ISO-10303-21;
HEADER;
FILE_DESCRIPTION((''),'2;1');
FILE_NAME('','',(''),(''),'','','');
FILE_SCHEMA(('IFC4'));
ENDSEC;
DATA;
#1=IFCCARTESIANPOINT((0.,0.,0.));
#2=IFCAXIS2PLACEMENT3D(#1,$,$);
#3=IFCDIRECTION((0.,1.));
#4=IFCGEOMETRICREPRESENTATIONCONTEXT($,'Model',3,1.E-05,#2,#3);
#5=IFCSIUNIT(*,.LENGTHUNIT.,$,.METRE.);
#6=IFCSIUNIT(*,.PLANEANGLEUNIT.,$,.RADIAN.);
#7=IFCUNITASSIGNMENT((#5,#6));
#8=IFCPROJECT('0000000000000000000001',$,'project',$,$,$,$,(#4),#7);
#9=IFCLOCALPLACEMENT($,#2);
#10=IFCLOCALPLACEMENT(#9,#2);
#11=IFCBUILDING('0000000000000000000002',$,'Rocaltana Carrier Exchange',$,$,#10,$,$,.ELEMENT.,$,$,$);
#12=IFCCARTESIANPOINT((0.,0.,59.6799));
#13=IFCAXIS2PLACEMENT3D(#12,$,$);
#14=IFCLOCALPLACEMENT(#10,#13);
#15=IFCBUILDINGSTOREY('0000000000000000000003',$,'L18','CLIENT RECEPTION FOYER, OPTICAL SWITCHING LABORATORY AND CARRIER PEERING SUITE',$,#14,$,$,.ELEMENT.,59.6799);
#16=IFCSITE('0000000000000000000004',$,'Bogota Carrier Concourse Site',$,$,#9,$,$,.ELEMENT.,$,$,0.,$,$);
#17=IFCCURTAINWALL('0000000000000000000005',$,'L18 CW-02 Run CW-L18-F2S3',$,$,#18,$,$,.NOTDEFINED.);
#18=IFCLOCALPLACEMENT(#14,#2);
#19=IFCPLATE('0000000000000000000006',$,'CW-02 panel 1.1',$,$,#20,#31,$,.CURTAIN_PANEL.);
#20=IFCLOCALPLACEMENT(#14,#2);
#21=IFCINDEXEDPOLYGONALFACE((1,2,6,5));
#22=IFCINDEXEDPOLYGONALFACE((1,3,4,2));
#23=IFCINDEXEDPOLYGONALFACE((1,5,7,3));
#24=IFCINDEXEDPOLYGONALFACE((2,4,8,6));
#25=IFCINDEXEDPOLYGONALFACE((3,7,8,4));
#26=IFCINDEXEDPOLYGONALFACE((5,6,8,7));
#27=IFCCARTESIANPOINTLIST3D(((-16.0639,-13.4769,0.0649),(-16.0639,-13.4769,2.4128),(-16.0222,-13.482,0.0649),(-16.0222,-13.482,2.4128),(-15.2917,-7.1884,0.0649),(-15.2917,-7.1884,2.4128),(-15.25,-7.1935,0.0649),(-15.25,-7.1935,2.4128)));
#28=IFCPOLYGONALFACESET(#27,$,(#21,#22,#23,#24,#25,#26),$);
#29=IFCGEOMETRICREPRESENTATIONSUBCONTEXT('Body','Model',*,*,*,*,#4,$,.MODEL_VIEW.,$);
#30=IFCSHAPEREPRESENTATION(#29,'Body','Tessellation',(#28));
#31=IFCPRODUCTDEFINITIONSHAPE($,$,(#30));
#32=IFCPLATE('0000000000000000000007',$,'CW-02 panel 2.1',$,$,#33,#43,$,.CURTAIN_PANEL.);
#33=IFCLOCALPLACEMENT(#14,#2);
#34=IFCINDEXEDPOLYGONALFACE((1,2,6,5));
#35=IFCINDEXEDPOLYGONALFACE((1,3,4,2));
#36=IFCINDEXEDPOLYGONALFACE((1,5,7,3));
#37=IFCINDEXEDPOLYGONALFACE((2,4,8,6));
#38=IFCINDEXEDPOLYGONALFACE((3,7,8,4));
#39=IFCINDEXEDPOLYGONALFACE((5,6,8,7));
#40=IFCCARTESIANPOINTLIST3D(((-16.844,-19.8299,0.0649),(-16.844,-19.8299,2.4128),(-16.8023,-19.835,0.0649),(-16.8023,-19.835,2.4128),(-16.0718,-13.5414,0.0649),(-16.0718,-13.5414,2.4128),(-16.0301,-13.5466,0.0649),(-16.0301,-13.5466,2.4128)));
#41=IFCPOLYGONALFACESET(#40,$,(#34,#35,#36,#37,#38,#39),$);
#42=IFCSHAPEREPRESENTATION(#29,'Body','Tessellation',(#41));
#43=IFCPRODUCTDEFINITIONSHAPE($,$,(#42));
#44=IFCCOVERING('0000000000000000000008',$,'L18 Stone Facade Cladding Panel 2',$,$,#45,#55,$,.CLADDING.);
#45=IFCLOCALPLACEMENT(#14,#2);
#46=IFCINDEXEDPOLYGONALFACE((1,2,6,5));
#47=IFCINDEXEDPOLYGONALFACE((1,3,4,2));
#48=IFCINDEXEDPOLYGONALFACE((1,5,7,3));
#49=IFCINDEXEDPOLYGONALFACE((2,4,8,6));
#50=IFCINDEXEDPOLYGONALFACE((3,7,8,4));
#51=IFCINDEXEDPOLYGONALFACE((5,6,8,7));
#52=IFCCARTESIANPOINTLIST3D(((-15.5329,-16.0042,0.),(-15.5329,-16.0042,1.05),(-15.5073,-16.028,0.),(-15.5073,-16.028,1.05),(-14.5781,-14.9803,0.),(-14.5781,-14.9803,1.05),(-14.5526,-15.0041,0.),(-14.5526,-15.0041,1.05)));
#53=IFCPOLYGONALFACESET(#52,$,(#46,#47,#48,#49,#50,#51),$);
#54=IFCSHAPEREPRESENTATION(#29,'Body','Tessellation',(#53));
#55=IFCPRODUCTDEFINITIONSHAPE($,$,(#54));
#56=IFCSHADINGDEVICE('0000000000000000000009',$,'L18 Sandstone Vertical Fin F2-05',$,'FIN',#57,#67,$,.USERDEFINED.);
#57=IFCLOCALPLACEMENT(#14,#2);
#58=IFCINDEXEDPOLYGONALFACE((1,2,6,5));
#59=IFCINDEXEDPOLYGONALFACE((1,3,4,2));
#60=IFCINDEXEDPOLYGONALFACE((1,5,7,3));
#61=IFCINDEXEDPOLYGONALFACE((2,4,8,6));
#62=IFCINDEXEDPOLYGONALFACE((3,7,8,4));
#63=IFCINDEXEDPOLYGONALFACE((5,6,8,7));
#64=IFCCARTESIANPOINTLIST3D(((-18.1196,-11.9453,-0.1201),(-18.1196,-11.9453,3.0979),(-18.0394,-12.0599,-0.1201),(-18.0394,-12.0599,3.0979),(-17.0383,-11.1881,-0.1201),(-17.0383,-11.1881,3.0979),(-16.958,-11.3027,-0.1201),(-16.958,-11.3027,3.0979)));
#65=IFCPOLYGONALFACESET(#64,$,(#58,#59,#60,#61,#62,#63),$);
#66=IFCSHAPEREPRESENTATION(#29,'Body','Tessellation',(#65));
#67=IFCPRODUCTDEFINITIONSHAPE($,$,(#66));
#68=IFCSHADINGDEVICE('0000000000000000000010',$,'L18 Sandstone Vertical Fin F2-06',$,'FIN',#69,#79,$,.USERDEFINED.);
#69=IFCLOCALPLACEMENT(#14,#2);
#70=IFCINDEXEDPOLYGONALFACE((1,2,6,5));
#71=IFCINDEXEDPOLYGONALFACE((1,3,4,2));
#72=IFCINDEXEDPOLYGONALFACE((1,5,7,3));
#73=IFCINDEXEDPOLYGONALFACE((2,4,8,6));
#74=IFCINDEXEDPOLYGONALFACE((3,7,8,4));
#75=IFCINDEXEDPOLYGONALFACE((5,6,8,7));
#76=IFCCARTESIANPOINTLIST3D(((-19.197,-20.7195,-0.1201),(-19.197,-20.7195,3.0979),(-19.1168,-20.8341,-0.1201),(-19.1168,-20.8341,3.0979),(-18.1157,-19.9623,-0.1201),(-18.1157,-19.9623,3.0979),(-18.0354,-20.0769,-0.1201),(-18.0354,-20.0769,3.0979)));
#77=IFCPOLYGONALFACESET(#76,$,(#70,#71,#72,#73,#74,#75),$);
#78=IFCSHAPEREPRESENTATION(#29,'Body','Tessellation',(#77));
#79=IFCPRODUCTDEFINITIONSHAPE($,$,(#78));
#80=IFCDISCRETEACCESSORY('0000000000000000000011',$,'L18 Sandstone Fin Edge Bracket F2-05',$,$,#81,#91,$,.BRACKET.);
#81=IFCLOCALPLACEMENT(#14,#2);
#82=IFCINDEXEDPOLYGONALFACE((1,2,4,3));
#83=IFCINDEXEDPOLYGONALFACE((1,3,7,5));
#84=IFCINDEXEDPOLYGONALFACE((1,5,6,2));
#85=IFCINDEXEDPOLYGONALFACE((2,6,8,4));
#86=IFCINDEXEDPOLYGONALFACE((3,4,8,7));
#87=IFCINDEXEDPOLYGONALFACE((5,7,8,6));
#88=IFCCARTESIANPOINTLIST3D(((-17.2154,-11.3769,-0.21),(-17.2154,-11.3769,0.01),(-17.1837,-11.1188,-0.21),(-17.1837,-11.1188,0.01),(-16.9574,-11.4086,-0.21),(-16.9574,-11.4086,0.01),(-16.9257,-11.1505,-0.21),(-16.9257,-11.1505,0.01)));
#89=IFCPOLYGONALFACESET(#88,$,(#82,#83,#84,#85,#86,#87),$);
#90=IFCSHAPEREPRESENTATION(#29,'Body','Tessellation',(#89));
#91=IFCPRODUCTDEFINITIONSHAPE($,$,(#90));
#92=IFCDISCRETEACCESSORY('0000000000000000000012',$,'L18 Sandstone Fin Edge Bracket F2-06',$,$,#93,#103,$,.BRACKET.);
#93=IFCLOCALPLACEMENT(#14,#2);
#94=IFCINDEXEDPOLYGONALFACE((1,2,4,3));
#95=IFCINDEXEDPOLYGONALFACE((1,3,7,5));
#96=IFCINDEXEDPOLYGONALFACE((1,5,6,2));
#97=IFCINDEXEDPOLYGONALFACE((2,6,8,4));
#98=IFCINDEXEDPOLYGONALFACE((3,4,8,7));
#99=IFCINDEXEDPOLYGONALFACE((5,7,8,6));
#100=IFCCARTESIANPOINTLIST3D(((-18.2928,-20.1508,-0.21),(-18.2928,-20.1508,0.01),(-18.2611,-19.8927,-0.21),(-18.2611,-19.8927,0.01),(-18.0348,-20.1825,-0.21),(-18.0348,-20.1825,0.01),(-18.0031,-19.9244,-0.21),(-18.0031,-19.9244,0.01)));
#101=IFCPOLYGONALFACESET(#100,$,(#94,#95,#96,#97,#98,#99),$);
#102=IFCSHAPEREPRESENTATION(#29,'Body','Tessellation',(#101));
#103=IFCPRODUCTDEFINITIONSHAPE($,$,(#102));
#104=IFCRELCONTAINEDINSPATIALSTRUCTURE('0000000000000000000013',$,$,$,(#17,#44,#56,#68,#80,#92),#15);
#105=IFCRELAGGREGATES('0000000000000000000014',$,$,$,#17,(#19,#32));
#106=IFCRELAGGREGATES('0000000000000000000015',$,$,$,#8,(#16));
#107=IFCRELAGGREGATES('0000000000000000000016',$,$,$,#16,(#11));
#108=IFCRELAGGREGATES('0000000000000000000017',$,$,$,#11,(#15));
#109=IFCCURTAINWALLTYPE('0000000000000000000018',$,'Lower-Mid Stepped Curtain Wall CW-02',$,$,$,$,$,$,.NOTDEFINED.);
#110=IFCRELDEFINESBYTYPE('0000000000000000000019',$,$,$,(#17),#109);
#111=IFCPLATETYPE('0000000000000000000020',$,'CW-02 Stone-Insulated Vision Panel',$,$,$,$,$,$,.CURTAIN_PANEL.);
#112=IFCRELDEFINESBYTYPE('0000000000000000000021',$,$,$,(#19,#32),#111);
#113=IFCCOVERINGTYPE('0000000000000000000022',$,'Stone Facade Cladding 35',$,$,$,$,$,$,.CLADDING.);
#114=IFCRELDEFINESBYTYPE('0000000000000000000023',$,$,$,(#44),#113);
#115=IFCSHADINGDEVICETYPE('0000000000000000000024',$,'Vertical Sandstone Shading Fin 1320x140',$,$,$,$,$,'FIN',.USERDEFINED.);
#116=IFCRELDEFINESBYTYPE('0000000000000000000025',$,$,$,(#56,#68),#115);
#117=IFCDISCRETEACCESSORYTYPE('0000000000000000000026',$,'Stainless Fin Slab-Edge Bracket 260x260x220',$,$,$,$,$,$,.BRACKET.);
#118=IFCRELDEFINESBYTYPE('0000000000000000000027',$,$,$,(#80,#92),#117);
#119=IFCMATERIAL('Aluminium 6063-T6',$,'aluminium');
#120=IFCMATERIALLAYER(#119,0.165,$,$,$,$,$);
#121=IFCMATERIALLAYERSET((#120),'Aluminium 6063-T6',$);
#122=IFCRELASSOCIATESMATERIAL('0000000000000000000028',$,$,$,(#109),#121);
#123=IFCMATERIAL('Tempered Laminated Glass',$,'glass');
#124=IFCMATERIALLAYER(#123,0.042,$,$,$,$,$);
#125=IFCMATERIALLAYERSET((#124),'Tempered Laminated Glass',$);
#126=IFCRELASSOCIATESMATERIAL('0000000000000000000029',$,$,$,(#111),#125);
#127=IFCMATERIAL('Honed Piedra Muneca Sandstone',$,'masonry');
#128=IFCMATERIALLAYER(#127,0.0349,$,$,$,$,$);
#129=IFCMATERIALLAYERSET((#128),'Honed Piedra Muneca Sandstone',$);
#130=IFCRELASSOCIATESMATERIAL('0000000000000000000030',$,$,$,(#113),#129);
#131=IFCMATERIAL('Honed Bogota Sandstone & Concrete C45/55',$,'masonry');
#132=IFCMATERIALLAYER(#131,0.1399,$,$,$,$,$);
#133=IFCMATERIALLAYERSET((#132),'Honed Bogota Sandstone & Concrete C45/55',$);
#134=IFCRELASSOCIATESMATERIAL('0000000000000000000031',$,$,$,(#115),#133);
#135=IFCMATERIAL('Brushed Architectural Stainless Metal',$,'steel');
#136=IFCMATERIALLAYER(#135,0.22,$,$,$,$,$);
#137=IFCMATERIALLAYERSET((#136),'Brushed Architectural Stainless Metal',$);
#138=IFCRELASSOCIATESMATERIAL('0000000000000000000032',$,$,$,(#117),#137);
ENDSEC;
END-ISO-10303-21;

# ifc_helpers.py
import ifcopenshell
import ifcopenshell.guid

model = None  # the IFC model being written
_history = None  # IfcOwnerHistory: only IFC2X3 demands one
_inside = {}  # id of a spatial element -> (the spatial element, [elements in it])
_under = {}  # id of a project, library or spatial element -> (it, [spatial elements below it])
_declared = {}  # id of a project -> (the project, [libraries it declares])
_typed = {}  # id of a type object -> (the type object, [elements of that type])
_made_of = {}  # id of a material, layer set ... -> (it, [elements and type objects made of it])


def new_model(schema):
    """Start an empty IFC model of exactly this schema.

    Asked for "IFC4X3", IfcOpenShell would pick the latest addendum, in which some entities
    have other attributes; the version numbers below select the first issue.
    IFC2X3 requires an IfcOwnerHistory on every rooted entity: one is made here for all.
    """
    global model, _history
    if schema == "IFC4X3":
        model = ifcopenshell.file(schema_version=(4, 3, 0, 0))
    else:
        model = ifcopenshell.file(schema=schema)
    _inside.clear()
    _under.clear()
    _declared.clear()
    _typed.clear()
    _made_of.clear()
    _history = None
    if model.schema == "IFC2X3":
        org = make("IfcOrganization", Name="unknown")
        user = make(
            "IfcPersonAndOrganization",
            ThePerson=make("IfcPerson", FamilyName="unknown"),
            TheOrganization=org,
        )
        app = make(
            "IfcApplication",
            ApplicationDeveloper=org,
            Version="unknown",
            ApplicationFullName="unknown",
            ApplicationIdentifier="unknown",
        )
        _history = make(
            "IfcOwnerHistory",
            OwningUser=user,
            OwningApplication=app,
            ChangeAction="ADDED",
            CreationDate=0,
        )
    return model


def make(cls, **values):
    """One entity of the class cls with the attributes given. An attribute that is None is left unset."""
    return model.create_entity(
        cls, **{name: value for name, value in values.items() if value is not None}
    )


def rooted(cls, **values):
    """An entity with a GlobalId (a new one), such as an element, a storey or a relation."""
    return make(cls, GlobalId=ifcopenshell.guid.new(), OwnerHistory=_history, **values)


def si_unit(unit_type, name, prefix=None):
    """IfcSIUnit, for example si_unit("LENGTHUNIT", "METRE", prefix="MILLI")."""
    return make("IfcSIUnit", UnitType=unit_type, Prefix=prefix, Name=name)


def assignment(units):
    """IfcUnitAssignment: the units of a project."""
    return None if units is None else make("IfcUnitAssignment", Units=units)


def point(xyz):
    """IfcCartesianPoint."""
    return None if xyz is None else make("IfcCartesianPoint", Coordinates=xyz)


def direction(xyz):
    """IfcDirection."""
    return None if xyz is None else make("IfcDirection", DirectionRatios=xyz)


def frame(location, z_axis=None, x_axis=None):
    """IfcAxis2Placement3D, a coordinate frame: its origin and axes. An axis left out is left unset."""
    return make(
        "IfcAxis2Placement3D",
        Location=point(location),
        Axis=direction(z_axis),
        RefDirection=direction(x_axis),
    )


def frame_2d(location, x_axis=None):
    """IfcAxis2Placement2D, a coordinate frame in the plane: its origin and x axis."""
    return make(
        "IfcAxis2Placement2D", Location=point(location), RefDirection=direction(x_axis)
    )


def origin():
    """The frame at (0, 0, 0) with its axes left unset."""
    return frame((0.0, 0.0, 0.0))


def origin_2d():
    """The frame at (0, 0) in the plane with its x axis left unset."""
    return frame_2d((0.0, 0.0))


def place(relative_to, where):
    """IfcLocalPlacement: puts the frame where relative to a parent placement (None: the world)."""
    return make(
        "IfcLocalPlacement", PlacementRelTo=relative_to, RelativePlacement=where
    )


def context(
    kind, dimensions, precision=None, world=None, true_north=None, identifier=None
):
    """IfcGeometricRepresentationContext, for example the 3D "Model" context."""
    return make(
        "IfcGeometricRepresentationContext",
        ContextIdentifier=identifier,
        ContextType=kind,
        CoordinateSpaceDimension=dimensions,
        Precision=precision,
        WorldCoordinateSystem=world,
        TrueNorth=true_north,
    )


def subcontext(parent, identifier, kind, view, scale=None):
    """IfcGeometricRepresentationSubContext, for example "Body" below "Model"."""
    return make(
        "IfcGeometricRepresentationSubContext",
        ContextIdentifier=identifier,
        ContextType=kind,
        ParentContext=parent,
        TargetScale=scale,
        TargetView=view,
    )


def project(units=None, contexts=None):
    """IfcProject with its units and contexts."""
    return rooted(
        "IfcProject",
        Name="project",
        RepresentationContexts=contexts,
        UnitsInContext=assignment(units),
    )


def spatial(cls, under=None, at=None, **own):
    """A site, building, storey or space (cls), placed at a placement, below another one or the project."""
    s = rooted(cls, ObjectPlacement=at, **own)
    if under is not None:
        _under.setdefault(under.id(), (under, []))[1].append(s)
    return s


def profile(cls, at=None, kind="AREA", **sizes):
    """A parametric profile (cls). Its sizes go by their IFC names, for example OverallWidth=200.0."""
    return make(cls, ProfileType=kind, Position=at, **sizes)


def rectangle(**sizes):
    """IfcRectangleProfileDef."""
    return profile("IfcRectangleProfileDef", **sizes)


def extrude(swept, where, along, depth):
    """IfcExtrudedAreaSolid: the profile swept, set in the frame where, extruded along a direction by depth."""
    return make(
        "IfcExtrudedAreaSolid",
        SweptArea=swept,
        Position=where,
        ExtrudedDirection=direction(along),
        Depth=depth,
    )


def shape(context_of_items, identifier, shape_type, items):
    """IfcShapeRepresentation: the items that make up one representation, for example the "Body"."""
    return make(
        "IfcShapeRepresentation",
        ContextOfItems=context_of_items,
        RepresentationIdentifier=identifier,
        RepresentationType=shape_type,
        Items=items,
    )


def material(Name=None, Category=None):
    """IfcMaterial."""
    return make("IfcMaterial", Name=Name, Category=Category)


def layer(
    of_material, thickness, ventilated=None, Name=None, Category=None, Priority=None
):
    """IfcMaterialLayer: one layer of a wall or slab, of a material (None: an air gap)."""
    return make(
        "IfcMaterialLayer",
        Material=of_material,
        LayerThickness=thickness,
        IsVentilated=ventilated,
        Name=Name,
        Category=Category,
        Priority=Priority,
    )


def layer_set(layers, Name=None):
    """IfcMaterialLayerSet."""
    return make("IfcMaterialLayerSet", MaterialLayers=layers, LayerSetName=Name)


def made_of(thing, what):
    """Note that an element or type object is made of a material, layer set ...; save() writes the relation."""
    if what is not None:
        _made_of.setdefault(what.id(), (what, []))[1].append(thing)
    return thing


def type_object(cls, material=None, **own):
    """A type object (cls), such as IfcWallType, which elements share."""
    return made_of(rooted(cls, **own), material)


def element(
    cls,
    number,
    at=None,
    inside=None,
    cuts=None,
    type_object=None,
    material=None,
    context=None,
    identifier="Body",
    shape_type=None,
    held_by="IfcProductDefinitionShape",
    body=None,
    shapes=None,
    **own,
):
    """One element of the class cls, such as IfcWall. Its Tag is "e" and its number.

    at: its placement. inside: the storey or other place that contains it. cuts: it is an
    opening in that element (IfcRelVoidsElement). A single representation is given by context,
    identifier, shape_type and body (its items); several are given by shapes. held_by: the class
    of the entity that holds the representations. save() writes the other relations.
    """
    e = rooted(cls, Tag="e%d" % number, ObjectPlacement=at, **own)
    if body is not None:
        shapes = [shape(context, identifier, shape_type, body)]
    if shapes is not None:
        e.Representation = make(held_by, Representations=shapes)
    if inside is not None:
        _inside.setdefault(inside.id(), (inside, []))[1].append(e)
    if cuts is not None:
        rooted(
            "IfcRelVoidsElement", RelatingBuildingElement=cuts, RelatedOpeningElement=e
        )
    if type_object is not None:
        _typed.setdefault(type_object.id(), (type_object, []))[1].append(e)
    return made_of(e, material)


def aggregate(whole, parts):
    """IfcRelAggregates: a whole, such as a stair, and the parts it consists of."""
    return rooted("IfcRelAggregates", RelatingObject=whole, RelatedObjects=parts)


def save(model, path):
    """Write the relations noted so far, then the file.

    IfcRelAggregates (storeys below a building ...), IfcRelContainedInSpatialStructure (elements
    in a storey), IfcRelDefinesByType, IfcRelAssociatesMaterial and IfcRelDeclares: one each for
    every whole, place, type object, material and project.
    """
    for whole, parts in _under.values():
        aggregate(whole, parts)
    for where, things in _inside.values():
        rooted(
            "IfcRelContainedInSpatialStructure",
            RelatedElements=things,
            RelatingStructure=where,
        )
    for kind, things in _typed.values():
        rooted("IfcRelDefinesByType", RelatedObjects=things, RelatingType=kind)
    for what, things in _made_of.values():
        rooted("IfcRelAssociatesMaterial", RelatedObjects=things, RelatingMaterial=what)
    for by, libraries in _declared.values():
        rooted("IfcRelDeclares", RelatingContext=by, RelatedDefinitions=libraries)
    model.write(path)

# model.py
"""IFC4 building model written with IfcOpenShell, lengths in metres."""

from ifc_helpers import new_model, si_unit, direction, frame, origin, origin_2d, place, context, subcontext, project, spatial, rectangle, extrude, material, layer, layer_set, type_object, element, aggregate, save


model = new_model("IFC4")

# Units and contexts
model_context = context("Model", 3, precision=1e-05, world=origin(), true_north=direction((0.0, 1.0)))
body_context = subcontext(model_context, "Body", "Model", "MODEL_VIEW")
ifc_project = project(units=[si_unit("LENGTHUNIT", "METRE"), si_unit("PLANEANGLEUNIT", "RADIAN")], contexts=[model_context])

# Site, building, storey
site_placement = place(None, origin())
site = spatial("IfcSite", under=ifc_project, at=site_placement, Name="Bogota Carrier Concourse Site", CompositionType="ELEMENT", RefElevation=0.0)
building_placement = place(site_placement, origin())
building = spatial("IfcBuilding", under=site, at=building_placement, Name="Rocaltana Carrier Exchange", CompositionType="ELEMENT")
storey_placement = place(building_placement, frame((0.0, 0.0, 59.6799)))
storey = spatial("IfcBuildingStorey", under=building, at=storey_placement, Name="L18", Description="CLIENT RECEPTION FOYER, OPTICAL SWITCHING LABORATORY AND CARRIER PEERING SUITE", CompositionType="ELEMENT", Elevation=59.6799)

# Curtain wall
ifc_material_1 = material(Name="Aluminium 6063-T6", Category="aluminium")
ifc_layer_1 = layer(ifc_material_1, 0.165)
ifc_layer_set_1 = layer_set([ifc_layer_1], Name="Aluminium 6063-T6")
curtain_wall_type = type_object("IfcCurtainWallType", Name="Lower-Mid Stepped Curtain Wall CW-02", PredefinedType="NOTDEFINED", material=ifc_layer_set_1)
curtain_wall_1_placement = place(storey_placement, origin())
curtain_wall_1 = element("IfcCurtainWall", 1, at=curtain_wall_1_placement, inside=storey, type_object=curtain_wall_type, Name="L18 CW-02 Run CW-L18-F2S3", PredefinedType="NOTDEFINED")

# Plates
ifc_material_2 = material(Name="Tempered Laminated Glass", Category="glass")
ifc_layer_2 = layer(ifc_material_2, 0.042)
ifc_layer_set_2 = layer_set([ifc_layer_2], Name="Tempered Laminated Glass")
plate_type = type_object("IfcPlateType", Name="CW-02 Stone-Insulated Vision Panel", PredefinedType="CURTAIN_PANEL", material=ifc_layer_set_2)
plate_1_placement = place(storey_placement, frame((-15.657, -10.3352, 0.0649), z_axis=(0.0, 0.0, 1.0), x_axis=(-0.121881, -0.992545, 0.0)))
plate_1 = element("IfcPlate", 2, at=plate_1_placement, type_object=plate_type, Name="CW-02 panel 1.1", PredefinedType="CURTAIN_PANEL", context=body_context, shape_type="SweptSolid", body=[
    extrude(rectangle(XDim=6.3357, YDim=0.042, at=origin_2d()), origin(), (0.0, 0.0, 1.0), 2.3479),
])
plate_2_placement = place(storey_placement, frame((-16.437, -16.6882, 0.0649), z_axis=(0.0, 0.0, 1.0), x_axis=(-0.121881, -0.992545, 0.0)))
plate_2 = element("IfcPlate", 3, at=plate_2_placement, type_object=plate_type, Name="CW-02 panel 2.1", PredefinedType="CURTAIN_PANEL", context=body_context, shape_type="SweptSolid", body=[
    extrude(rectangle(XDim=6.3357, YDim=0.042, at=origin_2d()), origin(), (0.0, 0.0, 1.0), 2.3479),
])
aggregate(curtain_wall_1, [plate_1, plate_2])

# Covering
ifc_material_3 = material(Name="Honed Piedra Muneca Sandstone", Category="masonry")
ifc_layer_3 = layer(ifc_material_3, 0.0349)
ifc_layer_set_3 = layer_set([ifc_layer_3], Name="Honed Piedra Muneca Sandstone")
covering_type = type_object("IfcCoveringType", Name="Stone Facade Cladding 35", PredefinedType="CLADDING", material=ifc_layer_set_3)
covering_placement = place(storey_placement, frame((-15.0427, -15.5042, 0.0), z_axis=(0.0, 0.0, 1.0), x_axis=(0.681998, 0.731354, 0.0)))
element("IfcCovering", 4, at=covering_placement, inside=storey, type_object=covering_type, Name="L18 Stone Facade Cladding Panel 2", PredefinedType="CLADDING", context=body_context, shape_type="SweptSolid", body=[
    extrude(rectangle(XDim=1.3999, YDim=0.0349, at=origin_2d()), origin(), (0.0, 0.0, 1.0), 1.05),
])

# Shading devices
ifc_material_4 = material(Name="Honed Bogota Sandstone & Concrete C45/55", Category="masonry")
ifc_layer_4 = layer(ifc_material_4, 0.1399)
ifc_layer_set_4 = layer_set([ifc_layer_4], Name="Honed Bogota Sandstone & Concrete C45/55")
shading_device_type = type_object("IfcShadingDeviceType", Name="Vertical Sandstone Shading Fin 1320x140", ElementType="FIN", PredefinedType="USERDEFINED", material=ifc_layer_set_4)
for number, where, z_axis, x_axis, name in (
    (5, (-17.5388, -11.624, -0.1201), (0.0, 0.0, 1.0), (-0.819152, -0.573576, 0.0), "L18 Sandstone Vertical Fin F2-05"),
    (6, (-18.6162, -20.3982, -0.1201), (0.0, 0.0, 1.0), (-0.819152, -0.573576, 0.0), "L18 Sandstone Vertical Fin F2-06"),
):
    element("IfcShadingDevice", number, at=place(storey_placement, frame(where, z_axis=z_axis, x_axis=x_axis)), inside=storey, type_object=shading_device_type, Name=name, ObjectType="FIN", PredefinedType="USERDEFINED", context=body_context, shape_type="SweptSolid", body=[
        extrude(rectangle(XDim=1.3201, YDim=0.1399, at=origin_2d()), origin(), (0.0, 0.0, 1.0), 3.218),
    ])

# Discrete accessories
ifc_material_5 = material(Name="Brushed Architectural Stainless Metal", Category="steel")
ifc_layer_5 = layer(ifc_material_5, 0.22)
ifc_layer_set_5 = layer_set([ifc_layer_5], Name="Brushed Architectural Stainless Metal")
discrete_accessory_type = type_object("IfcDiscreteAccessoryType", Name="Stainless Fin Slab-Edge Bracket 260x260x220", PredefinedType="BRACKET", material=ifc_layer_set_5)
for number, where, z_axis, x_axis, name in (
    (7, (-17.0706, -11.2637, -0.21), (0.0, 0.0, 1.0), (-0.121869, -0.992546, 0.0), "L18 Sandstone Fin Edge Bracket F2-05"),
    (8, (-18.1479, -20.0376, -0.21), (0.0, 0.0, 1.0), (-0.121869, -0.992546, 0.0), "L18 Sandstone Fin Edge Bracket F2-06"),
):
    element("IfcDiscreteAccessory", number, at=place(storey_placement, frame(where, z_axis=z_axis, x_axis=x_axis)), inside=storey, type_object=discrete_accessory_type, Name=name, PredefinedType="BRACKET", context=body_context, shape_type="SweptSolid", body=[
        extrude(rectangle(XDim=0.26, YDim=0.26, at=origin_2d()), origin(), (0.0, 0.0, 1.0), 0.22),
    ])

save(model, "model.ifc")
